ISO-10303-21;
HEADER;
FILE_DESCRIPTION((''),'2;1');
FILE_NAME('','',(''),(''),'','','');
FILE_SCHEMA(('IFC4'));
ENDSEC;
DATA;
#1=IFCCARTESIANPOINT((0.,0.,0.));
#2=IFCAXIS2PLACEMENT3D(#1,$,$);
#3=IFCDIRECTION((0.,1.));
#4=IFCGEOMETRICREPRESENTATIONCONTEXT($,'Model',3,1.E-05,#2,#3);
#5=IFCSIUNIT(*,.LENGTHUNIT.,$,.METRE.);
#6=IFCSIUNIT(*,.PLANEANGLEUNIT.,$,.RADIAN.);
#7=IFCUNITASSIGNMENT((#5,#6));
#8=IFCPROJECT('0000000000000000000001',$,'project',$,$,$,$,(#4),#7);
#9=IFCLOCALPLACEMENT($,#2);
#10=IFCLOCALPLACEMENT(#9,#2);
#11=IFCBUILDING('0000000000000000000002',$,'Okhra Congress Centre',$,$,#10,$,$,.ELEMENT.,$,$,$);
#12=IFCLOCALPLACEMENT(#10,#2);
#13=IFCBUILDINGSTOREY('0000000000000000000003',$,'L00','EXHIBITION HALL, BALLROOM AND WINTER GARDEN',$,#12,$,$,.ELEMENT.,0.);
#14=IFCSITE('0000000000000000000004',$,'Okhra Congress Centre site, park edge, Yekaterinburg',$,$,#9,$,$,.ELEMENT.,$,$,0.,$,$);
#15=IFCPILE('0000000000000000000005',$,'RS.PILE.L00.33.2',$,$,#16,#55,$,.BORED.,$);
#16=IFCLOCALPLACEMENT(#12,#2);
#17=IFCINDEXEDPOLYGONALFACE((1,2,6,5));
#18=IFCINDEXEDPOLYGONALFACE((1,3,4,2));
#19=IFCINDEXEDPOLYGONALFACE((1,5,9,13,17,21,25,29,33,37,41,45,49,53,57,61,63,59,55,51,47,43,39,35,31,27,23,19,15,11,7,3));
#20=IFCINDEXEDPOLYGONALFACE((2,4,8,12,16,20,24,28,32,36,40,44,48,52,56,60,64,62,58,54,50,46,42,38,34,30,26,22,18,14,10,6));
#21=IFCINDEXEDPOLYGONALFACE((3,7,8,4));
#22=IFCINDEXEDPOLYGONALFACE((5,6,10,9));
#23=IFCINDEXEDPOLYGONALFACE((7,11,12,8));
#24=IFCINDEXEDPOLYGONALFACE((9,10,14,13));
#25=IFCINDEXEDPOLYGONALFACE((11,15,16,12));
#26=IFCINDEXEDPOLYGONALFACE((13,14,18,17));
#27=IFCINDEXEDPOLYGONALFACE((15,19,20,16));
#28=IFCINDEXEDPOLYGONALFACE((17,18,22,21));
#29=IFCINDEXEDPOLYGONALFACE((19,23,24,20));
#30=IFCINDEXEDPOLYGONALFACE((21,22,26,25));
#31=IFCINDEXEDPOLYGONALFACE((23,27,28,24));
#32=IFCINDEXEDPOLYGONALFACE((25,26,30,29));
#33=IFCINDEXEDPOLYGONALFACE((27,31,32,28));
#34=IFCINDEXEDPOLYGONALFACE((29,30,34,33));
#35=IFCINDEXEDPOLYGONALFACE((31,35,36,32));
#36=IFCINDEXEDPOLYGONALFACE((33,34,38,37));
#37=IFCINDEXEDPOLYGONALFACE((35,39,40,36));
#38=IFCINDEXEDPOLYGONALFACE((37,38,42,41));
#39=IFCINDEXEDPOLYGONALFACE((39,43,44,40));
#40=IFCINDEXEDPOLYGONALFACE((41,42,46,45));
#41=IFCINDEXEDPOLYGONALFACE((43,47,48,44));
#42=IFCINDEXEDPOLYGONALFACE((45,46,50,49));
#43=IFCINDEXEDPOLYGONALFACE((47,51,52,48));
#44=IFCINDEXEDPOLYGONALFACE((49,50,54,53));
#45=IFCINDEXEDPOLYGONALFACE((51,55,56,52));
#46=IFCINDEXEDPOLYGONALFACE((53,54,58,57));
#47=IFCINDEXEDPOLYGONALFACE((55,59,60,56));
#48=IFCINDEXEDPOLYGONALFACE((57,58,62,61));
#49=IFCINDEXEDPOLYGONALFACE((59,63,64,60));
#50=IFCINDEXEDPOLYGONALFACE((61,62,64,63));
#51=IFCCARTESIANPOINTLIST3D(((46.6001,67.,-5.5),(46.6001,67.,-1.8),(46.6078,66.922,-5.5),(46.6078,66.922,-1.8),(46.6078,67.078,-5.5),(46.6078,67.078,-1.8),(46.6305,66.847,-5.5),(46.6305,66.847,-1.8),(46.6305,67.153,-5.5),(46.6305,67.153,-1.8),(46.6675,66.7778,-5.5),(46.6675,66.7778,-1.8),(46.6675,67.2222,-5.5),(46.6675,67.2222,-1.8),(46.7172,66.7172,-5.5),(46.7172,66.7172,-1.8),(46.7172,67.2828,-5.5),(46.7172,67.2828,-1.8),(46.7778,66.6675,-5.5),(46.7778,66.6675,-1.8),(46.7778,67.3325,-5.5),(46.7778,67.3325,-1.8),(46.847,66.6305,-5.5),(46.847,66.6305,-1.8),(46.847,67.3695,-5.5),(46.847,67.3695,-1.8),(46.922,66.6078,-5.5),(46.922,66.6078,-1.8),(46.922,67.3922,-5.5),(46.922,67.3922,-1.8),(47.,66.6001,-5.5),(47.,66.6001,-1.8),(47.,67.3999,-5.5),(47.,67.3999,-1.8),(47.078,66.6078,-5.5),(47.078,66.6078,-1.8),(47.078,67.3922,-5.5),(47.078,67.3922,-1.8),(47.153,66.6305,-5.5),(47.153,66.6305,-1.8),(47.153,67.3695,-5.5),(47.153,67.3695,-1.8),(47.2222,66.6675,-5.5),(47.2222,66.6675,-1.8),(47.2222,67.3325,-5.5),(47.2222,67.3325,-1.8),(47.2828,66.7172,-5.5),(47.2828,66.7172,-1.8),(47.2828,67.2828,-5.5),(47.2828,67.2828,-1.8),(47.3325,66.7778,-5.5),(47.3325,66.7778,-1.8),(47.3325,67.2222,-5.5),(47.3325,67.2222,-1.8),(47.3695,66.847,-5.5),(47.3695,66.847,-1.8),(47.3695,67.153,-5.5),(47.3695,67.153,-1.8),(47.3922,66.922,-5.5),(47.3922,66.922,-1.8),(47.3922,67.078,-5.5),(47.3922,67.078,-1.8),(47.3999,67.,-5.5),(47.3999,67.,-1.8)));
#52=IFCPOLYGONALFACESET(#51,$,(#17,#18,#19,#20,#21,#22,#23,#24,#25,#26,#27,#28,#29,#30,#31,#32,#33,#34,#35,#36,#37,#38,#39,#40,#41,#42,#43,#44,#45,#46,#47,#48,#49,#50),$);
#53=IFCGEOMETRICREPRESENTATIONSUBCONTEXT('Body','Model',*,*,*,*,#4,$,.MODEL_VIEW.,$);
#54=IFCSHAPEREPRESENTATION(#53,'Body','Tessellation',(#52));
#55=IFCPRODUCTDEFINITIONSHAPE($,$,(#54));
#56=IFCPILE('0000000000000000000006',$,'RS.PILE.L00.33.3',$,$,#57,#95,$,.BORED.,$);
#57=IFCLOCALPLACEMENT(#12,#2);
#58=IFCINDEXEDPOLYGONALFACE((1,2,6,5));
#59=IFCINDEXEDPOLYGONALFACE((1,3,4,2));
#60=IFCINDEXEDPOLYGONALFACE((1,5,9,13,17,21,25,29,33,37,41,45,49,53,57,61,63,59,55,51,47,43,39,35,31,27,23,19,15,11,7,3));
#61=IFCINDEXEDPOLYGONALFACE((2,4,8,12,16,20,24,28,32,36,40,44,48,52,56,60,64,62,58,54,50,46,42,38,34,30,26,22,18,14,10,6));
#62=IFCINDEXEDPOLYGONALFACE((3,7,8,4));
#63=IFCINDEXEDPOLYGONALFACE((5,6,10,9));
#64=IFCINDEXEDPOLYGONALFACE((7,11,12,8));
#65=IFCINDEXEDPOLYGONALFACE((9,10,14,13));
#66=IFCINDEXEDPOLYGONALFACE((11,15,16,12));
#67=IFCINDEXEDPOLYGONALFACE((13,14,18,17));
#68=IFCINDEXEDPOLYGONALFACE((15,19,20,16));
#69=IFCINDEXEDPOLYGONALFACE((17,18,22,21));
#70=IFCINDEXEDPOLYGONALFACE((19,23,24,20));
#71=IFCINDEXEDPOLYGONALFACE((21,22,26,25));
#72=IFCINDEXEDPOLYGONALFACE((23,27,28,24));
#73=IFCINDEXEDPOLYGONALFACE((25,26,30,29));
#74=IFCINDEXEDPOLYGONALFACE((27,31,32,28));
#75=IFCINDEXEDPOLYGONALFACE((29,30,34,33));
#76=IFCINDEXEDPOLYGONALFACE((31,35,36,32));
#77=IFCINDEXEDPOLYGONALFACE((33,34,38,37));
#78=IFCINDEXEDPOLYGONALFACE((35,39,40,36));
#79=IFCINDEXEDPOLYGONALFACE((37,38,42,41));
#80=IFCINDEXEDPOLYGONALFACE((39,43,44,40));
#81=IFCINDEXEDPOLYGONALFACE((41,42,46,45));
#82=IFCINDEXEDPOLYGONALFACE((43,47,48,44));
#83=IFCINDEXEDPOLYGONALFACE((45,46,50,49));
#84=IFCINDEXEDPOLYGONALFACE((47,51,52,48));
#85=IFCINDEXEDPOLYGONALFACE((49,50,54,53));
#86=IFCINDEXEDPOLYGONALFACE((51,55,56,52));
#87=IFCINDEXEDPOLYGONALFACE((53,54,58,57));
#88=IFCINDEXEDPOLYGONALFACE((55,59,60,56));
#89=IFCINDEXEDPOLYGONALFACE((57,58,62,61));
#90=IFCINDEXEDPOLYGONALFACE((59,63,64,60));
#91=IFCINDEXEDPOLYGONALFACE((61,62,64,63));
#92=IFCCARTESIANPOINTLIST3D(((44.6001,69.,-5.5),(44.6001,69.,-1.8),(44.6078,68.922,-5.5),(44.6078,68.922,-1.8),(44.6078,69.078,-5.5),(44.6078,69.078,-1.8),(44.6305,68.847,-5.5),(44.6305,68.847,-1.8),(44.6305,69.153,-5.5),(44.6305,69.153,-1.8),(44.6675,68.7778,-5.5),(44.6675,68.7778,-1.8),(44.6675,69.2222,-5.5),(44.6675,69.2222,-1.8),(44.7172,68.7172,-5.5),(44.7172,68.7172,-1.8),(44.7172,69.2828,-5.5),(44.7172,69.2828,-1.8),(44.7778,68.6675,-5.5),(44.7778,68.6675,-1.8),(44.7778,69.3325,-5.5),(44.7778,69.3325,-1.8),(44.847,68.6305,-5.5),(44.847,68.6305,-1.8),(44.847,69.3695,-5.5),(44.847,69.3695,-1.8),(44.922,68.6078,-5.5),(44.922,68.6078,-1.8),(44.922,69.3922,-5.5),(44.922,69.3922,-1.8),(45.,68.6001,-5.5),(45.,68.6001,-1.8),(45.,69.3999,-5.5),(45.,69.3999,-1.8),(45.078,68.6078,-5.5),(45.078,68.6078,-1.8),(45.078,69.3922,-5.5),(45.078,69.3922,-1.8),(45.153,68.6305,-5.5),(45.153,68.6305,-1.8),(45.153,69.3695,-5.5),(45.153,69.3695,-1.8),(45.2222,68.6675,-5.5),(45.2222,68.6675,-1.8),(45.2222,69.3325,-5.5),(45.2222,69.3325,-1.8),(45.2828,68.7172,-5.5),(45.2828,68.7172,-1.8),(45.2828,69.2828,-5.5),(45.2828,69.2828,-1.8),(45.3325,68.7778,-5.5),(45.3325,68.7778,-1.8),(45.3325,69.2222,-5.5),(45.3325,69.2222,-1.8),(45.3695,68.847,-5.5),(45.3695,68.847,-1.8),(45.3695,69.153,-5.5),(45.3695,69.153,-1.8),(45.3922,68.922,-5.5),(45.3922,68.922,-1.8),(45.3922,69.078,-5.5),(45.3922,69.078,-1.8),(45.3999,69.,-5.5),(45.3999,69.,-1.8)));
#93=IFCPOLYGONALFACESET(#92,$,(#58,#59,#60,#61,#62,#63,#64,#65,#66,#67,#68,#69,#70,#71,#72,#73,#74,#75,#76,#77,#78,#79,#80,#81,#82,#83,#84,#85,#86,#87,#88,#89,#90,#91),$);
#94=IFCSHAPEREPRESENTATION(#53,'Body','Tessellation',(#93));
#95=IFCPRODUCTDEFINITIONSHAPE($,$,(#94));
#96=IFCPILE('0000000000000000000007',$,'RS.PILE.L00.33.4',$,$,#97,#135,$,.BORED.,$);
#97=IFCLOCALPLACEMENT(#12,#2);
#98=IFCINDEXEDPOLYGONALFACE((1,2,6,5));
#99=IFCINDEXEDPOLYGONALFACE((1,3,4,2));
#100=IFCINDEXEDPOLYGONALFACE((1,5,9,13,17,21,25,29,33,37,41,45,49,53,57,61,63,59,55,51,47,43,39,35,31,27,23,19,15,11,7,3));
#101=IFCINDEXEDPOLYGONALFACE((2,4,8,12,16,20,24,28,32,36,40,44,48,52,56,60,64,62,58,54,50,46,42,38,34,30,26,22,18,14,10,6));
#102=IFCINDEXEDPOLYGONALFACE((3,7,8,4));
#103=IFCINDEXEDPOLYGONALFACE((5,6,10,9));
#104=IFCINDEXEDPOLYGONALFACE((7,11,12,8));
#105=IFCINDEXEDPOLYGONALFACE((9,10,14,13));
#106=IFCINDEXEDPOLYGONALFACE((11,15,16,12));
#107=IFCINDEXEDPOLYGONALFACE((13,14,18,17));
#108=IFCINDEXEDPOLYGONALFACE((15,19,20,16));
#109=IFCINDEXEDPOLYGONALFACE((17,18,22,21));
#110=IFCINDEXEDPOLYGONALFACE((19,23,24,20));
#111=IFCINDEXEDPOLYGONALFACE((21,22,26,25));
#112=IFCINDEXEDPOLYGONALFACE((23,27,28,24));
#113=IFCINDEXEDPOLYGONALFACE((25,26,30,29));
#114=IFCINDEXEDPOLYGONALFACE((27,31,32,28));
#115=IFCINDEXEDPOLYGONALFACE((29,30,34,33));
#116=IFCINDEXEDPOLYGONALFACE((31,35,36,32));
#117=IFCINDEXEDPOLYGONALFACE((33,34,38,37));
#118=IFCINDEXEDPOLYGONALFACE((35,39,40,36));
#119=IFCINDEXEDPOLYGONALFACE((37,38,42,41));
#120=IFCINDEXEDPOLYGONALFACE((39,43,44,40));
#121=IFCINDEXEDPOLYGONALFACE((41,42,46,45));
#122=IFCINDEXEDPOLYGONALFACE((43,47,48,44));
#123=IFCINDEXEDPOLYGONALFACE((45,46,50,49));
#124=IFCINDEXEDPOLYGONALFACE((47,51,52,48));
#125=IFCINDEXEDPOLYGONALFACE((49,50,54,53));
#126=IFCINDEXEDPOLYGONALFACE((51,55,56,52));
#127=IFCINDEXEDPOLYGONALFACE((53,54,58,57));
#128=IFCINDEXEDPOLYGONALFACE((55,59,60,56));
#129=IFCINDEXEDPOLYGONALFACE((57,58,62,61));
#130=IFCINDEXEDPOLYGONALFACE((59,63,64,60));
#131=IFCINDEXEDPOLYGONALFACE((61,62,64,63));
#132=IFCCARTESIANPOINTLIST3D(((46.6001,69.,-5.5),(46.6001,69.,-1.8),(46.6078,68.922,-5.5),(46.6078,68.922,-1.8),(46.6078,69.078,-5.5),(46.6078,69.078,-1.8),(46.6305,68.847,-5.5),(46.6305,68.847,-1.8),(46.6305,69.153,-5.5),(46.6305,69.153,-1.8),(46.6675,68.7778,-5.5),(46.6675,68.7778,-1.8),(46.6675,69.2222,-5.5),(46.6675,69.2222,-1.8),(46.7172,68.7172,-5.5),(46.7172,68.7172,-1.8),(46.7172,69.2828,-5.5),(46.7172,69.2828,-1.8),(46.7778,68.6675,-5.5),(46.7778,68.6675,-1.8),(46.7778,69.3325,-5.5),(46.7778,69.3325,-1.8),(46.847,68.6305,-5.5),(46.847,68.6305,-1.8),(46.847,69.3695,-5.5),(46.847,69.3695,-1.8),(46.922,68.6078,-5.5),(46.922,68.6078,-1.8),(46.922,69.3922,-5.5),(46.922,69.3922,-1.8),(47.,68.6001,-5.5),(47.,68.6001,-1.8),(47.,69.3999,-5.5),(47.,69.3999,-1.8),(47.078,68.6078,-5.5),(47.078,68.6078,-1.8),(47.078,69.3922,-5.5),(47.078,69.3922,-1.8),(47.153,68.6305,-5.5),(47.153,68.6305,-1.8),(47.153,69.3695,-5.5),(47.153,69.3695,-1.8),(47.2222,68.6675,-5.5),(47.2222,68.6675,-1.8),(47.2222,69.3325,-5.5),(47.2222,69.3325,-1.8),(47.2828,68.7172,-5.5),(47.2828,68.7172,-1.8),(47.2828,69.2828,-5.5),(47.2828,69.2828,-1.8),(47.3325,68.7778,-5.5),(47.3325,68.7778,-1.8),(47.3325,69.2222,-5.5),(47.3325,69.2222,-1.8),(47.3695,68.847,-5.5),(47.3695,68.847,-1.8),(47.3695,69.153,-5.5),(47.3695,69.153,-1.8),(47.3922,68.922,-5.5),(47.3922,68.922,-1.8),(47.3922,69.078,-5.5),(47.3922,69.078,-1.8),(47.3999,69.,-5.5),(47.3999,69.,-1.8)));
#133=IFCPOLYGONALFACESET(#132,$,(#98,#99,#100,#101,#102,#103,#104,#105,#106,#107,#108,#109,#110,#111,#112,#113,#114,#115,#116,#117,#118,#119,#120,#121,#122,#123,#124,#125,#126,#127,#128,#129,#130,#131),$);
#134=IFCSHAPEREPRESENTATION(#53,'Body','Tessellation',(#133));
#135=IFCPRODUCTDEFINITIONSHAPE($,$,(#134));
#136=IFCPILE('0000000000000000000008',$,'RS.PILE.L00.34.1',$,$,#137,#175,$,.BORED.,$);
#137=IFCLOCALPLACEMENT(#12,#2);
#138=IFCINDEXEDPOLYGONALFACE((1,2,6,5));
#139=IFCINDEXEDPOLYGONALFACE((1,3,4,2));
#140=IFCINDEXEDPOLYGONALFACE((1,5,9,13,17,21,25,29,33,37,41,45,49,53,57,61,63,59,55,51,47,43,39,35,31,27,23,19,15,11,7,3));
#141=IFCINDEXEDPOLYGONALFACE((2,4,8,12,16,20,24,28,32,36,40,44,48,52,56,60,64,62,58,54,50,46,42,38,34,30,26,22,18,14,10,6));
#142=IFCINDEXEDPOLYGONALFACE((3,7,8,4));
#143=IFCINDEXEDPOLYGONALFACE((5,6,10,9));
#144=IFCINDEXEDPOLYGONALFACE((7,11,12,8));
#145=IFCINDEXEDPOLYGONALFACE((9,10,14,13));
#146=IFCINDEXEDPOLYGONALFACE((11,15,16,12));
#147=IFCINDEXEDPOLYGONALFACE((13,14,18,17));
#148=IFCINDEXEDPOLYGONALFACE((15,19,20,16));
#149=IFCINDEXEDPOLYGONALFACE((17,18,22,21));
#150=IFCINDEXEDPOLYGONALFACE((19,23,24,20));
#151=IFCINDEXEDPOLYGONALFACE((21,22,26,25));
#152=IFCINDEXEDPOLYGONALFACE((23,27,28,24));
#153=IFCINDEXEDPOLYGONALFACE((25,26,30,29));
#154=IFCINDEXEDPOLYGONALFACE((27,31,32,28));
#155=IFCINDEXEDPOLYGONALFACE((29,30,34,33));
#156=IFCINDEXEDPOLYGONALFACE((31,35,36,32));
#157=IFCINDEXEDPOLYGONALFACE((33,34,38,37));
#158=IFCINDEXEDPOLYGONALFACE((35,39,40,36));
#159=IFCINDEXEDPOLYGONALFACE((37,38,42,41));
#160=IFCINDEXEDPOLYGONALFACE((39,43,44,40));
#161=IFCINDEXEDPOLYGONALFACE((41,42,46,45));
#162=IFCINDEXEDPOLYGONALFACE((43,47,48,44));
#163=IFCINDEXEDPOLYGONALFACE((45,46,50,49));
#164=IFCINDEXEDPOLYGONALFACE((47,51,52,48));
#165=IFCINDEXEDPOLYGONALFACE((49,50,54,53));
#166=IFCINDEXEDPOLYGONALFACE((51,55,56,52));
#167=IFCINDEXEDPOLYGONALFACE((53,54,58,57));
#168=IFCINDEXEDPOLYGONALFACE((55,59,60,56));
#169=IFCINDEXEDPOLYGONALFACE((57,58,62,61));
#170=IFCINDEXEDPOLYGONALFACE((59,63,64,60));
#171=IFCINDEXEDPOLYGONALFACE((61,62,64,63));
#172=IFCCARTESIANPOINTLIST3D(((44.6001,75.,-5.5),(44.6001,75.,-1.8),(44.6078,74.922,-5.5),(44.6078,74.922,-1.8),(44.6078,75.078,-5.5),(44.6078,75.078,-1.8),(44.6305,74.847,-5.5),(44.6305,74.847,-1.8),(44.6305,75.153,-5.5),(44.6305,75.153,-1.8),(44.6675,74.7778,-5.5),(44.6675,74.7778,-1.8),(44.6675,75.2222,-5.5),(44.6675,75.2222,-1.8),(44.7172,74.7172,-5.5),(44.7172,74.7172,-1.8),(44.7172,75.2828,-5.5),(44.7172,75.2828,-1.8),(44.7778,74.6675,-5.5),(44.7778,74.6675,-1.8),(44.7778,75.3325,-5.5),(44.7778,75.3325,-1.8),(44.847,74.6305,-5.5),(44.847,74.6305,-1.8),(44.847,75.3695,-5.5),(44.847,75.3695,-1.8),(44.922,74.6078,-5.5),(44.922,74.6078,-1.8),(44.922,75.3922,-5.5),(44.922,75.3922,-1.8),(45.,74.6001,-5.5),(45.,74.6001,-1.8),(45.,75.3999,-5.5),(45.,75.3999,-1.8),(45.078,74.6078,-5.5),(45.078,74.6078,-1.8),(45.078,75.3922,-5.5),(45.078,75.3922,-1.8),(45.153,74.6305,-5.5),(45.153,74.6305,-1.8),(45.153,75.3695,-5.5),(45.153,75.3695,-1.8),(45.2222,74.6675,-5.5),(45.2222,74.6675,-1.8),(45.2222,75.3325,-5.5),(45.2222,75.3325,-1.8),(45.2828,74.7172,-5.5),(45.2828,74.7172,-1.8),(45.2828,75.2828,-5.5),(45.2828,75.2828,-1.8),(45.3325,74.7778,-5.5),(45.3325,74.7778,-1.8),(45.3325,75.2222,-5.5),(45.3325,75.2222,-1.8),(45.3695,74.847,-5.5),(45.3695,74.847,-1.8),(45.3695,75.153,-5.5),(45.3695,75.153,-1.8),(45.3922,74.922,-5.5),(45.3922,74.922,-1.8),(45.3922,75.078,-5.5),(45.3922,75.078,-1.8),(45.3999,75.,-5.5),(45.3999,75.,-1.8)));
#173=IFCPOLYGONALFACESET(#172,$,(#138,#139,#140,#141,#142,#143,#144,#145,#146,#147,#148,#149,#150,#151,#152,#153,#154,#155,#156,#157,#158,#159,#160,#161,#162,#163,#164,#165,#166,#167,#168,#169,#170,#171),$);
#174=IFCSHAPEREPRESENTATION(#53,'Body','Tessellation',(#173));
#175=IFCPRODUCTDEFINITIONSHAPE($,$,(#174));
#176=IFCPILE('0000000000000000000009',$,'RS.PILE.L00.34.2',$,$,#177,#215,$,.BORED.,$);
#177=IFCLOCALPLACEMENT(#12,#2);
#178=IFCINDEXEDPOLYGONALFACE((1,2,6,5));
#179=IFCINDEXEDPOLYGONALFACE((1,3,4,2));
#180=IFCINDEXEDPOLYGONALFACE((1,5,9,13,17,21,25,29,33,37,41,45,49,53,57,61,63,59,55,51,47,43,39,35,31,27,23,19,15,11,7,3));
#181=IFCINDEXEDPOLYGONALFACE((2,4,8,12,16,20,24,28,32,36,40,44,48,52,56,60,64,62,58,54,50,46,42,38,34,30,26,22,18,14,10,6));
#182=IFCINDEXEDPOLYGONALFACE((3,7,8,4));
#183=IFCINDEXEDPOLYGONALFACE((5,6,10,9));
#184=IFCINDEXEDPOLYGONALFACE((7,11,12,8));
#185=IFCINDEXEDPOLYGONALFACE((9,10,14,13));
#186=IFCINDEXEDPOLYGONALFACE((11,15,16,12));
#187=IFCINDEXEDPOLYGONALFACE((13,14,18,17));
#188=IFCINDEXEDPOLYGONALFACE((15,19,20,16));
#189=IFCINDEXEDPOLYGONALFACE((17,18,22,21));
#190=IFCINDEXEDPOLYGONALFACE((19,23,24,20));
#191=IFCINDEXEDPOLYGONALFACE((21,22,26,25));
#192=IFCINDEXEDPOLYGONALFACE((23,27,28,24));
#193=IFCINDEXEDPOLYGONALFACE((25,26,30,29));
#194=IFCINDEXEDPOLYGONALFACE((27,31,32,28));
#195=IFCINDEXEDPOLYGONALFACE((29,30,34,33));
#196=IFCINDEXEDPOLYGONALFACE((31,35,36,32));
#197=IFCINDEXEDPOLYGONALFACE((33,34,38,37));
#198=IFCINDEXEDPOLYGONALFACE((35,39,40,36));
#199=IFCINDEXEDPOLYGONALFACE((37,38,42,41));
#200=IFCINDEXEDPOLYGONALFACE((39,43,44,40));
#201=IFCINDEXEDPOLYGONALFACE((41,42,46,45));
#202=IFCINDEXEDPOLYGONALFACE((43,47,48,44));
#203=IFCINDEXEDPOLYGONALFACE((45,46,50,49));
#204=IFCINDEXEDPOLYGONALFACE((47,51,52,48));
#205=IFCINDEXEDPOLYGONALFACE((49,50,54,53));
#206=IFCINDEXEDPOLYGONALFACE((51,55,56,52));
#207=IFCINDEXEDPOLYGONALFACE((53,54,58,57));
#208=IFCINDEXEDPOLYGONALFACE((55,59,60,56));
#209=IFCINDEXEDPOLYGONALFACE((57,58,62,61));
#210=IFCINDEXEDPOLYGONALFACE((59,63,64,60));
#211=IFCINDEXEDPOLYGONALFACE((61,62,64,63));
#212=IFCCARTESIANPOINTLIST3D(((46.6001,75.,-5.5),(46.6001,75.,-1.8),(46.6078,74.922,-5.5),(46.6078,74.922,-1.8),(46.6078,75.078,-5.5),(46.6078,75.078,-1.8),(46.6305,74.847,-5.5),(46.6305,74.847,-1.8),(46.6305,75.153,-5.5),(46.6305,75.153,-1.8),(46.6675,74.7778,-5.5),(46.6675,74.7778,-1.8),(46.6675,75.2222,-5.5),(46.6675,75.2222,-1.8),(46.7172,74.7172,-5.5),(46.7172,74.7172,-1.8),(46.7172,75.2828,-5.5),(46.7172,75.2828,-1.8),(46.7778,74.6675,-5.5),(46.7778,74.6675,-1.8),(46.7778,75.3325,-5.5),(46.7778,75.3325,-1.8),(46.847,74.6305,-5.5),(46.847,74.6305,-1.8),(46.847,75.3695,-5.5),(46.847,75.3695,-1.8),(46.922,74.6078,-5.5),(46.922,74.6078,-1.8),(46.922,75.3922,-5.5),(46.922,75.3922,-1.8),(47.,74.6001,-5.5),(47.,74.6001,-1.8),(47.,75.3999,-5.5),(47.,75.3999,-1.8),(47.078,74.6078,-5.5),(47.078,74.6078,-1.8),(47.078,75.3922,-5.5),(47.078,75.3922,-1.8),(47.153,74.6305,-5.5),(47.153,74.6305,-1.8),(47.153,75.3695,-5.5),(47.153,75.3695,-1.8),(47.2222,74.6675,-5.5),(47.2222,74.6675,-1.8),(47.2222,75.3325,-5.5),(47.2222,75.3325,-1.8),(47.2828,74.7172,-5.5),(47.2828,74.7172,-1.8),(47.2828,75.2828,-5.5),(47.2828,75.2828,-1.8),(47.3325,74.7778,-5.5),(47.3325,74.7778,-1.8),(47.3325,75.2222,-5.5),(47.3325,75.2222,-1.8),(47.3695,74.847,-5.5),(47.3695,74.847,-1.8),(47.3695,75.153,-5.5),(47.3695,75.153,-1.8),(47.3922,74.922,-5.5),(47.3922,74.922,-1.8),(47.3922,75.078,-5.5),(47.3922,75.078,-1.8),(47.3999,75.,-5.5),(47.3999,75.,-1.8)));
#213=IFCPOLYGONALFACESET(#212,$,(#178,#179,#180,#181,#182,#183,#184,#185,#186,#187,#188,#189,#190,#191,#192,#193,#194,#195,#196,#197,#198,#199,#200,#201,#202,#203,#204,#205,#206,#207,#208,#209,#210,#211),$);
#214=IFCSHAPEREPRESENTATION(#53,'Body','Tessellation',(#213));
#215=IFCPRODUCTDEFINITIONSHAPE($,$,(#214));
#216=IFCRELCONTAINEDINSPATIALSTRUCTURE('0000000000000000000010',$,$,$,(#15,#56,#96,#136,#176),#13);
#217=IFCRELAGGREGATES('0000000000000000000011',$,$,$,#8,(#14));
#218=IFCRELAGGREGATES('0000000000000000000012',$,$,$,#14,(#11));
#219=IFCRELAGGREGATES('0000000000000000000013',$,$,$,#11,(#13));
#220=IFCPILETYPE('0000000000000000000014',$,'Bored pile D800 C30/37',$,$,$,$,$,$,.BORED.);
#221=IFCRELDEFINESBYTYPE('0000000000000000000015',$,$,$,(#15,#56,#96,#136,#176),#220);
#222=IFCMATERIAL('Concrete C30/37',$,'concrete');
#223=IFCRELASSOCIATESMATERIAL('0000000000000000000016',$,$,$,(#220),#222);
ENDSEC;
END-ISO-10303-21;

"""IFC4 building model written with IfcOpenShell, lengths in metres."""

from ifc_helpers import new_model, si_unit, direction, frame, origin, origin_2d, place, context, subcontext, project, spatial, circle, extrude, material, material_profile, profile_set, type_object, element, save


model = new_model("IFC4")

# Units and contexts
model_context = context("Model", 3, precision=1e-05, world=origin(), true_north=direction((0.0, 1.0)))
body_context = subcontext(model_context, "Body", "Model", "MODEL_VIEW")
ifc_project = project(units=[si_unit("LENGTHUNIT", "METRE"), si_unit("PLANEANGLEUNIT", "RADIAN")], contexts=[model_context])

# Site, building, storey
site_placement = place(None, origin())
site = spatial("IfcSite", under=ifc_project, at=site_placement, Name="Okhra Congress Centre site, park edge, Yekaterinburg", CompositionType="ELEMENT", RefElevation=0.0)
building_placement = place(site_placement, origin())
building = spatial("IfcBuilding", under=site, at=building_placement, Name="Okhra Congress Centre", CompositionType="ELEMENT")
storey_placement = place(building_placement, origin())
storey = spatial("IfcBuildingStorey", under=building, at=storey_placement, Name="L00", Description="EXHIBITION HALL, BALLROOM AND WINTER GARDEN", CompositionType="ELEMENT", Elevation=0.0)

# Piles
ifc_material_1 = material(Name="Concrete C30/37", Category="concrete")
ifc_material_profile_1 = material_profile(ifc_material_1, circle(Radius=0.3999, at=origin_2d()), Name="D800")
ifc_profile_set_1 = profile_set([ifc_material_profile_1], Name="Concrete C30/37")
pile_type = type_object("IfcPileType", Name="Bored pile D800 C30/37", PredefinedType="BORED", material=ifc_profile_set_1)
for number, where, z_axis, x_axis, name in (
    (1, (47.0, 67.0, -1.8), (0.0, 0.0, -1.0), (1.0, 0.0, 0.0), "RS.PILE.L00.33.2"),
    (2, (45.0, 69.0, -1.8), (0.0, 0.0, -1.0), (1.0, 0.0, 0.0), "RS.PILE.L00.33.3"),
    (3, (47.0, 69.0, -1.8), (0.0, 0.0, -1.0), (1.0, 0.0, 0.0), "RS.PILE.L00.33.4"),
    (4, (45.0, 75.0, -1.8), (0.0, 0.0, -1.0), (1.0, 0.0, 0.0), "RS.PILE.L00.34.1"),
    (5, (47.0, 75.0, -1.8), (0.0, 0.0, -1.0), (1.0, 0.0, 0.0), "RS.PILE.L00.34.2"),
):
    element("IfcPile", number, at=place(storey_placement, frame(where, z_axis=z_axis, x_axis=x_axis)), inside=storey, type_object=pile_type, Name=name, PredefinedType="BORED", context=body_context, shape_type="SweptSolid", body=[
        extrude(circle(Radius=0.3999, at=origin_2d()), origin(), (0.0, 0.0, 1.0), 3.7),
    ])

save(model, "model.ifc")
